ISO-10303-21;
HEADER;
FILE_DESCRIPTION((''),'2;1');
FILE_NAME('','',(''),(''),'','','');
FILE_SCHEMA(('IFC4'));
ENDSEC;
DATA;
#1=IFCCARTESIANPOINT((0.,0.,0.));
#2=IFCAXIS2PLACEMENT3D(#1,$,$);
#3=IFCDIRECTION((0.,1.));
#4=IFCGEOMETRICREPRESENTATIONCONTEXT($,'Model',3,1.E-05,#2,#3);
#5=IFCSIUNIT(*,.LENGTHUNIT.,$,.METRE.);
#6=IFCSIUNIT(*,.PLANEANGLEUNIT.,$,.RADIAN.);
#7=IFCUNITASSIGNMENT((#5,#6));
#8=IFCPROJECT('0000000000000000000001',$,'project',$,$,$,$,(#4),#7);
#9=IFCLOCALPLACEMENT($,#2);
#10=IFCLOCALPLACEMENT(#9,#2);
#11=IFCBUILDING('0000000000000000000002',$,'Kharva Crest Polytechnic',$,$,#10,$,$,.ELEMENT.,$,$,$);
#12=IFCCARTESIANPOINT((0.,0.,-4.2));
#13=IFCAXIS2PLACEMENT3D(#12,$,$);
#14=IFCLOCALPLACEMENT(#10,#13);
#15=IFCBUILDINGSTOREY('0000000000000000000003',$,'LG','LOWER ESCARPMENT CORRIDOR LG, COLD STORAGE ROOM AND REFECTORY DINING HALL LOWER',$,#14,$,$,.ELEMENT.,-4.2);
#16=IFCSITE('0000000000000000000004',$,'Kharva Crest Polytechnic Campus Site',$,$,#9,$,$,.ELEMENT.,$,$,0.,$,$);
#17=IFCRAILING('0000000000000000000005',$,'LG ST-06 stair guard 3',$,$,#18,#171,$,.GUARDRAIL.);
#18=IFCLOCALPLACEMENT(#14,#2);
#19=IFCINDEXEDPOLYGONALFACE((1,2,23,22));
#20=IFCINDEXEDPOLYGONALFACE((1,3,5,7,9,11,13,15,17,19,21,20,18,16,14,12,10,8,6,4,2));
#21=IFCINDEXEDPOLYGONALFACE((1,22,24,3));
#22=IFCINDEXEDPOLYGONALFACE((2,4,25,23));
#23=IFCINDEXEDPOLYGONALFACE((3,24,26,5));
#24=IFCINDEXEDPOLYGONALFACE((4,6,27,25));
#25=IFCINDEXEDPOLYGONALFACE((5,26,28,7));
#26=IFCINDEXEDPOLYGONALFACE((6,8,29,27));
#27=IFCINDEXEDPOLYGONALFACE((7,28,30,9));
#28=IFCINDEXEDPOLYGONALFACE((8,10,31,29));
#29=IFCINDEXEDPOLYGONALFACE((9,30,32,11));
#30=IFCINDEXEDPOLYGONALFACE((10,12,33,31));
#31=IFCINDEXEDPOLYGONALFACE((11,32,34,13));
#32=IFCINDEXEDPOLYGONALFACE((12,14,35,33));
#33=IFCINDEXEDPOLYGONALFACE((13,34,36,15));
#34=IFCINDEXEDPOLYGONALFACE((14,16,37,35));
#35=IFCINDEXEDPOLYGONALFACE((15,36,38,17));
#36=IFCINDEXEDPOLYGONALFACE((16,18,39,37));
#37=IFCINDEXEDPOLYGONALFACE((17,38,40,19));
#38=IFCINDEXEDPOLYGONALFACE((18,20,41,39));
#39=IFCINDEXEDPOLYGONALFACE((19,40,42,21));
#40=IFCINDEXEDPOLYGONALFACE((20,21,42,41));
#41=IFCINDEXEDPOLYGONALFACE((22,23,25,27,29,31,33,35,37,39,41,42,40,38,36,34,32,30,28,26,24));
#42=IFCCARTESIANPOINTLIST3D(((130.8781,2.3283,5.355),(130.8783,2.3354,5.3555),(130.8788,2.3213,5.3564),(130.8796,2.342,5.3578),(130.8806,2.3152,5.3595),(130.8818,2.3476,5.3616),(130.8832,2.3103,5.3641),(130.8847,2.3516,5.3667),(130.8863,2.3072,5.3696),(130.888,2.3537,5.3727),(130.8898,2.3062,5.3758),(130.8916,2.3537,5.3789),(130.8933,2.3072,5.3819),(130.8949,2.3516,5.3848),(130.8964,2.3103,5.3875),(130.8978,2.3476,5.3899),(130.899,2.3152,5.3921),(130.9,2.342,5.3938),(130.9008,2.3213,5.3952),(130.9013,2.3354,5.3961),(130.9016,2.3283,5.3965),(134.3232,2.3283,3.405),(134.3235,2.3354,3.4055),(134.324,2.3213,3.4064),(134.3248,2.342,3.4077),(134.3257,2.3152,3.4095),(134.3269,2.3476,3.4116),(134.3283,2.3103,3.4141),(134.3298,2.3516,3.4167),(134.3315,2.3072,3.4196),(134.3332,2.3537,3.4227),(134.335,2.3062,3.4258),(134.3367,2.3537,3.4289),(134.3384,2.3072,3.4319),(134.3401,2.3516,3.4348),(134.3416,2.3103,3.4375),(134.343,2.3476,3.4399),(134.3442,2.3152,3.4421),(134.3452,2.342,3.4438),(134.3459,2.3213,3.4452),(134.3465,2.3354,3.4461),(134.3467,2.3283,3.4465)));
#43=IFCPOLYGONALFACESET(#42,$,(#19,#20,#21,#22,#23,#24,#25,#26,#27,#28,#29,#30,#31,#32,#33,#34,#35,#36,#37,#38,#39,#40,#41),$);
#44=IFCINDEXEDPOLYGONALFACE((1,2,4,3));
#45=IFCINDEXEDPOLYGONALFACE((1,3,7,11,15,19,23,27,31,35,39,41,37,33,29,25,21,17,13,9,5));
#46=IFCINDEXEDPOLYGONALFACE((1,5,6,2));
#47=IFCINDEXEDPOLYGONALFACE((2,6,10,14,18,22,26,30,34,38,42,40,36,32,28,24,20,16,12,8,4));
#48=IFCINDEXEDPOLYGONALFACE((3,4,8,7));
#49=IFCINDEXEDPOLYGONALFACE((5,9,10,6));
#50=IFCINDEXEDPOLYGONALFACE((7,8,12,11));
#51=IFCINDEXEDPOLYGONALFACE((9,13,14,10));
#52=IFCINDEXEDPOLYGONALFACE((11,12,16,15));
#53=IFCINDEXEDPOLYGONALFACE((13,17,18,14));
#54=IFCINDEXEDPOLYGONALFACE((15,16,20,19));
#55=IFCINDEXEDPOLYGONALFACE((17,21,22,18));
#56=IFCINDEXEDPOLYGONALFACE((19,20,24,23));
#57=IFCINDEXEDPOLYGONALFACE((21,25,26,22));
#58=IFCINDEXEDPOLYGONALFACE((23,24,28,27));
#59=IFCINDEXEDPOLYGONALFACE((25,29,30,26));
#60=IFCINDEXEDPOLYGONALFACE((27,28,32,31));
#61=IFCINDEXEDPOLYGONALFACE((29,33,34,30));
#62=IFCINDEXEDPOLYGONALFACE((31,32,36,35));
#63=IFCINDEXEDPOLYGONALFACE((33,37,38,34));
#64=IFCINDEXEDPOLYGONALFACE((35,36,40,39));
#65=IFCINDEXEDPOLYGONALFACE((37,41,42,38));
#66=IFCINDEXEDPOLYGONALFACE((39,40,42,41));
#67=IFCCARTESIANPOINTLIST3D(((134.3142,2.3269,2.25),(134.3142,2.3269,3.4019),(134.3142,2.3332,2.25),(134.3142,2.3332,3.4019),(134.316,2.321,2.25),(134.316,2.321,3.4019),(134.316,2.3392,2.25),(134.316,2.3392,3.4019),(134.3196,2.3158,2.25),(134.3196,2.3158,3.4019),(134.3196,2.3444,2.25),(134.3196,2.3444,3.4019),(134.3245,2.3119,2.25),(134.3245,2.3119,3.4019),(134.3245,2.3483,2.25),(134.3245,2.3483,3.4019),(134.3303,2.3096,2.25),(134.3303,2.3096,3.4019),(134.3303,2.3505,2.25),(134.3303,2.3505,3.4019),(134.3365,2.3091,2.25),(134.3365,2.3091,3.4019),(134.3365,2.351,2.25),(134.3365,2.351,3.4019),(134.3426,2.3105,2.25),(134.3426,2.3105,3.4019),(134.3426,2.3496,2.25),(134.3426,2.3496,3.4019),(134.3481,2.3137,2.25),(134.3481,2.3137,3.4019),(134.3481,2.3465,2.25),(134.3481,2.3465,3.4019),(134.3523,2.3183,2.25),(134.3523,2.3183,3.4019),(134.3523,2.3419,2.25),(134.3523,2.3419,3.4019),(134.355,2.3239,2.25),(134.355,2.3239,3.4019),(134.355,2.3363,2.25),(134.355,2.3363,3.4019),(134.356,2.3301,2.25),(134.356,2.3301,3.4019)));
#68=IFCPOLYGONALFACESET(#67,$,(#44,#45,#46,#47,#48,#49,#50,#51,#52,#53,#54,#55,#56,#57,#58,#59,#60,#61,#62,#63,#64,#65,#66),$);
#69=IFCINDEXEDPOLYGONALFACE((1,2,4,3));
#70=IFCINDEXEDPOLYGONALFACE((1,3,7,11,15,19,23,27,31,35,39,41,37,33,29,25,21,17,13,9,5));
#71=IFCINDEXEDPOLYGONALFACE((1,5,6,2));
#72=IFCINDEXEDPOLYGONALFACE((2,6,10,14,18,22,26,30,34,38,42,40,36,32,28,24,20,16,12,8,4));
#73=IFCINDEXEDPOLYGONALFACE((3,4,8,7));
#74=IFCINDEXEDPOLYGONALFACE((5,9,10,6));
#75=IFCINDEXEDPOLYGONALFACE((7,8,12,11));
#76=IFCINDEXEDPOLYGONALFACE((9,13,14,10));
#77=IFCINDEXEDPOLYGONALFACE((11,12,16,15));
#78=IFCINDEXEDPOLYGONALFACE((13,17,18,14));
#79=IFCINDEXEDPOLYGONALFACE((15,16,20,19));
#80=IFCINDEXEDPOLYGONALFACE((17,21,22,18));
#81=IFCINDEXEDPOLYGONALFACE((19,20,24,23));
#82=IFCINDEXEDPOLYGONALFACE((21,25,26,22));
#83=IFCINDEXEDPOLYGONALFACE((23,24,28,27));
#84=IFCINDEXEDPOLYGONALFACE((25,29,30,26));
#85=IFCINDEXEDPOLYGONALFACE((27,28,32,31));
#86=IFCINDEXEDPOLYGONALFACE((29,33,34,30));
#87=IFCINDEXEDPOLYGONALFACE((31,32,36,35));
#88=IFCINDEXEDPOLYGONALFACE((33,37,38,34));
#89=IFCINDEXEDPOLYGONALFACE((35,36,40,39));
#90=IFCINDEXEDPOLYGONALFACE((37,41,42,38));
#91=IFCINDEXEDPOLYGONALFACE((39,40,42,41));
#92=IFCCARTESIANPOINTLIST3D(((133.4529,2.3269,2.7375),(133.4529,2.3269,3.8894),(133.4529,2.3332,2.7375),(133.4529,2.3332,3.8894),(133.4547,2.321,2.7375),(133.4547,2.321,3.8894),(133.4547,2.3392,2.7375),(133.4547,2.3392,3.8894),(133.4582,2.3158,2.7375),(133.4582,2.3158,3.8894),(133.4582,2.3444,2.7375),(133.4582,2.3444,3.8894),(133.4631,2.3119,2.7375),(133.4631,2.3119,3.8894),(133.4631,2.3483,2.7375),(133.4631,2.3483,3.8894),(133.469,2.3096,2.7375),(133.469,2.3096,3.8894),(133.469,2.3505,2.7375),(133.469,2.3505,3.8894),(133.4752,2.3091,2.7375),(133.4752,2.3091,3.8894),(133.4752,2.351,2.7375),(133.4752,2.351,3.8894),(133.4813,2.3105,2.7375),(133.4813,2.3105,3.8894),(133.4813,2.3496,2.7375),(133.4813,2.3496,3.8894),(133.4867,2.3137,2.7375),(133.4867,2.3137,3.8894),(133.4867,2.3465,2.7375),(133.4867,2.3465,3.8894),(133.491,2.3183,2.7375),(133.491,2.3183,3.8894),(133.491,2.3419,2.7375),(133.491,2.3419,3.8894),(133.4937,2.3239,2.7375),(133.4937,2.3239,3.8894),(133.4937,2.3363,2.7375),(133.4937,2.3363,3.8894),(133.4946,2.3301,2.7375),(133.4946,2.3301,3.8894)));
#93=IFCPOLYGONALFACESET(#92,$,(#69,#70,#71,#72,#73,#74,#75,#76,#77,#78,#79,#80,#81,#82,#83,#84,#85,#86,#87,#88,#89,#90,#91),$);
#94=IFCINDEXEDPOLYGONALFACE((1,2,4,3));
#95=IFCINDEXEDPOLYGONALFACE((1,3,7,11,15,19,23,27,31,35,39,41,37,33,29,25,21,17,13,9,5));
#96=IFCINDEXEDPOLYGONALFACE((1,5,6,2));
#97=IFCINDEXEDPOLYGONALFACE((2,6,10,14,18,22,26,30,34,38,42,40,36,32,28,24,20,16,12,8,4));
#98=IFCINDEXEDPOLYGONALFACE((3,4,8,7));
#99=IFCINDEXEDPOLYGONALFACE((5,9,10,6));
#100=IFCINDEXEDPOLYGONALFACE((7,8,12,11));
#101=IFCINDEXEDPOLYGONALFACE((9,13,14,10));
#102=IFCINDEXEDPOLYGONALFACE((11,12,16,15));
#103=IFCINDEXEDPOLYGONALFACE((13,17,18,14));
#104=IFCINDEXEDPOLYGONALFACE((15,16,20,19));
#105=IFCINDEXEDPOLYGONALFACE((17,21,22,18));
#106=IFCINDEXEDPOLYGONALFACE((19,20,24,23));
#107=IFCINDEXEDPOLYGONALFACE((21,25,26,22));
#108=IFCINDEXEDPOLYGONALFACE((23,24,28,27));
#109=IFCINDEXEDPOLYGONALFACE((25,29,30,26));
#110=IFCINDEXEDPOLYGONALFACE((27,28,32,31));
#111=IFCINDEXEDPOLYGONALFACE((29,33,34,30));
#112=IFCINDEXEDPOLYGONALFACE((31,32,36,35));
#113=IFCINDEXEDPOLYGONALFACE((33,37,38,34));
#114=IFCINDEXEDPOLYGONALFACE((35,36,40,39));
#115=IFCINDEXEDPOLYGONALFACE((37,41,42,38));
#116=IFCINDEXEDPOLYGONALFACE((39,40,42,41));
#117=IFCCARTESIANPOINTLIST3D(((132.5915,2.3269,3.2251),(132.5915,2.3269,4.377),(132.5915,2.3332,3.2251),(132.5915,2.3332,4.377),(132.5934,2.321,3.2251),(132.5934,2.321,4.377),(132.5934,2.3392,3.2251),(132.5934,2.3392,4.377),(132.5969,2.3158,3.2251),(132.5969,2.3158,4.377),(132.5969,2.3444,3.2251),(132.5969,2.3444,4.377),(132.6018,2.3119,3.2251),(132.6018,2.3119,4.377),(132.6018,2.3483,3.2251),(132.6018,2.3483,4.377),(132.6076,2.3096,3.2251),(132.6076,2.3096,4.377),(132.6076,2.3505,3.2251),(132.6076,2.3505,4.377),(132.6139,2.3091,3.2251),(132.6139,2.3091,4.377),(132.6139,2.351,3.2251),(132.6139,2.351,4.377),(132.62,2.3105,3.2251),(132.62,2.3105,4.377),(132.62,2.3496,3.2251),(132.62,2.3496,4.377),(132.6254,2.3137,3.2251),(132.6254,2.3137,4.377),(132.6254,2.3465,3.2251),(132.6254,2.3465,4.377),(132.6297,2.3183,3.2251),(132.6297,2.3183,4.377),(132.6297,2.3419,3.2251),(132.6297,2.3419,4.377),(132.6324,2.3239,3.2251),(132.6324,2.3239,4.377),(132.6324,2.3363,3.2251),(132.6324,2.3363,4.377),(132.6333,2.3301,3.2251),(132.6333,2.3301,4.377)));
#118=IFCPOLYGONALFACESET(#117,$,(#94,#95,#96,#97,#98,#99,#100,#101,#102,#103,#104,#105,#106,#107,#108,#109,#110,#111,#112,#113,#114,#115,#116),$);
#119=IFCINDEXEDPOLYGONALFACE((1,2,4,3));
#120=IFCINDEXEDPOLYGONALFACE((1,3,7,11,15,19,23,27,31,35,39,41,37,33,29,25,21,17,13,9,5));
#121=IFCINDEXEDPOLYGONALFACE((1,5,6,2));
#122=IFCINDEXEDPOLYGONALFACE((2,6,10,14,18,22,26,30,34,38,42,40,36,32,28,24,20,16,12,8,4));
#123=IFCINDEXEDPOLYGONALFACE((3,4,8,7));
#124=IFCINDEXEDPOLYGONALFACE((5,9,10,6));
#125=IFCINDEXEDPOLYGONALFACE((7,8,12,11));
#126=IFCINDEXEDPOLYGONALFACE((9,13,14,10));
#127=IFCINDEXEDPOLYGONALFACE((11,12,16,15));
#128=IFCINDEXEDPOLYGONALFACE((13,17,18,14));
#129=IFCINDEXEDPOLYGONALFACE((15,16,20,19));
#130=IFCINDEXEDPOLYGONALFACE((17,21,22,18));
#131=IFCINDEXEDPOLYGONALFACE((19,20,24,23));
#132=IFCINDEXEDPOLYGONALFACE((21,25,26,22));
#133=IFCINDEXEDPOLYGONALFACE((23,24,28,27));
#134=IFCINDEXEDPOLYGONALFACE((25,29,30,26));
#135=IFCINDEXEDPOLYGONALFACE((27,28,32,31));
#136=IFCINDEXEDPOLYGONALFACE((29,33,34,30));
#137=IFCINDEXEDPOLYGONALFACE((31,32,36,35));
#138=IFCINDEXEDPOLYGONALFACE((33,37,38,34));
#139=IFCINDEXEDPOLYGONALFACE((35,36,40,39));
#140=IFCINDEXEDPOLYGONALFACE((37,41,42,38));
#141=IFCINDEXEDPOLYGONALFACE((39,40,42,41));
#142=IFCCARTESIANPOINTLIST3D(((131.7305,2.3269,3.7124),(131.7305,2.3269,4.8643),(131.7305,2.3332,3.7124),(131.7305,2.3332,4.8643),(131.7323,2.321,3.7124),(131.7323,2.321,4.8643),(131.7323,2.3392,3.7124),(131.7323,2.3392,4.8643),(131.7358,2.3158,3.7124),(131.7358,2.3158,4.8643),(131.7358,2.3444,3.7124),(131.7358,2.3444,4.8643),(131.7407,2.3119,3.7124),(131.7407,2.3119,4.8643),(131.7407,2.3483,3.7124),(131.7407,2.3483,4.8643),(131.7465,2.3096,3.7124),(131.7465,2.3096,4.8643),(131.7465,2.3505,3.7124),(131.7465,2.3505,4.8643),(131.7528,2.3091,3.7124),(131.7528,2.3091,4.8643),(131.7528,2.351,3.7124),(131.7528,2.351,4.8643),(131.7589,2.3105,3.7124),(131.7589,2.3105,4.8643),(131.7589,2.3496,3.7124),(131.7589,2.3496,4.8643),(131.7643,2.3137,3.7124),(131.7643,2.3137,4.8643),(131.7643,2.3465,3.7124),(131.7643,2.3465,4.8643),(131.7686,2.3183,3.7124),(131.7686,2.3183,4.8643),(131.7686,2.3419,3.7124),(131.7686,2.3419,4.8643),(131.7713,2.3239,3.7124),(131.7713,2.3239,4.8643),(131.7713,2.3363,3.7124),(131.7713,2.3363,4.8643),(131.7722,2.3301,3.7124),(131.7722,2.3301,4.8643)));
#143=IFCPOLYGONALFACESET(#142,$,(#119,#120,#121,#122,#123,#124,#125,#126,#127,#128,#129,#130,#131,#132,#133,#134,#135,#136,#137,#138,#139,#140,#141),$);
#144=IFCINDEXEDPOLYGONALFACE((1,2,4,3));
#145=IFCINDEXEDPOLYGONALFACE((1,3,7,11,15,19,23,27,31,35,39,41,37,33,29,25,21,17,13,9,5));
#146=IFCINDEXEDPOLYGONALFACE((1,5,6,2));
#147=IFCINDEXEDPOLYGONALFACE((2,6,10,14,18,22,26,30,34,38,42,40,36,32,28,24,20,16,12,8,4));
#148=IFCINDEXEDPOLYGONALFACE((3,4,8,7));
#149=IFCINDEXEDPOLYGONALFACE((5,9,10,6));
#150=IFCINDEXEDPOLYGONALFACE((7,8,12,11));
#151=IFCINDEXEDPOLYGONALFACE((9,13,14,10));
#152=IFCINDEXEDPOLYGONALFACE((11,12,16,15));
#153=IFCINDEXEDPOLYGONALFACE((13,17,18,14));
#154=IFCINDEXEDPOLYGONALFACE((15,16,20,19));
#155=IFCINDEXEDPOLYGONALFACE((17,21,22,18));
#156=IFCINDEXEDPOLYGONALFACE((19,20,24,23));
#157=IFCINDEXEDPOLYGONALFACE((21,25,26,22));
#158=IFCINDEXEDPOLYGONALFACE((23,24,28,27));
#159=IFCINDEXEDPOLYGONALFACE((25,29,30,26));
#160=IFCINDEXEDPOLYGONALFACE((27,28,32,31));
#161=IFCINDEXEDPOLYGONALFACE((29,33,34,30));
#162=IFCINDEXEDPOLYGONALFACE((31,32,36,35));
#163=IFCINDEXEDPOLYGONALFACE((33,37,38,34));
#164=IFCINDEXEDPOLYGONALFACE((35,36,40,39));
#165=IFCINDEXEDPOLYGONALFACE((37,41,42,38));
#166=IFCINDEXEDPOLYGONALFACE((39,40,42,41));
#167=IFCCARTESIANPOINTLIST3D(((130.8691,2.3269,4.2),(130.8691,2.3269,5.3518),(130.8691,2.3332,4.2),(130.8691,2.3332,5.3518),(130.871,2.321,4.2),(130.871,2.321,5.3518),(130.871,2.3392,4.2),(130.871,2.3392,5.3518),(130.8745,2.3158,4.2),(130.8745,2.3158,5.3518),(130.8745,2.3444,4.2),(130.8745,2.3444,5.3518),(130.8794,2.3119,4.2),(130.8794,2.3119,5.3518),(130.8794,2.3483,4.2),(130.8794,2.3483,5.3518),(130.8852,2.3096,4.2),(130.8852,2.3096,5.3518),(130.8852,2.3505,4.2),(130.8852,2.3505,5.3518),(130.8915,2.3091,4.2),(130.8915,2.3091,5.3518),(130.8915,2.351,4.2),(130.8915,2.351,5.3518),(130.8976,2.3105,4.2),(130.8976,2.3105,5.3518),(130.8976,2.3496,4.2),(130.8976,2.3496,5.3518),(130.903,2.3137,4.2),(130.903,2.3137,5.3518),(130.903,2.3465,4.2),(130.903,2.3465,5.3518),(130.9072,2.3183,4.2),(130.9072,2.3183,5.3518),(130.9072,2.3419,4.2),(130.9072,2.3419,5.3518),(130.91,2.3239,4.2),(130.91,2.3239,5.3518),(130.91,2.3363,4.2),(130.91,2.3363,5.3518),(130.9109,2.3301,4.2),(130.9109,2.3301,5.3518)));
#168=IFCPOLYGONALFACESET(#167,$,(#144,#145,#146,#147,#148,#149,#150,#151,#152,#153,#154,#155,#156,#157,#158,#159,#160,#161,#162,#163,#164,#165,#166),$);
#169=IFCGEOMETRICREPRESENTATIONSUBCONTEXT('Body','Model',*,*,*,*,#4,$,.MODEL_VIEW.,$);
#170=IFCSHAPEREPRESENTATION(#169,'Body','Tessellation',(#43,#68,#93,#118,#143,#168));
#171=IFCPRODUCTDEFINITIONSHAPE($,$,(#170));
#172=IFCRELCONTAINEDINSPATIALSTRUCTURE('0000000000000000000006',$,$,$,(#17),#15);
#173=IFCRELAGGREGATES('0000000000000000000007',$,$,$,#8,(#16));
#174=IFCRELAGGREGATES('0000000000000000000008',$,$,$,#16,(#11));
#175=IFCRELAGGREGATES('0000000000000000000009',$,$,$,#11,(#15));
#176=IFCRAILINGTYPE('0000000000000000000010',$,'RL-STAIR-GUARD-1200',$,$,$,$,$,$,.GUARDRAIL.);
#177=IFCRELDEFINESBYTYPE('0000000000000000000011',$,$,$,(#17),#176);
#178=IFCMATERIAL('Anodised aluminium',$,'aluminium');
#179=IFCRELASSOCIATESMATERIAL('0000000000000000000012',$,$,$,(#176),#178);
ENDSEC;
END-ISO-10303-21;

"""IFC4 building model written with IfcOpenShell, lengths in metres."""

from ifc_helpers import new_model, si_unit, direction, frame, origin, origin_2d, place, context, subcontext, project, spatial, circle, extrude, material, type_object, element, save


model = new_model("IFC4")

# Units and contexts
model_context = context("Model", 3, precision=1e-05, world=origin(), true_north=direction((0.0, 1.0)))
body_context = subcontext(model_context, "Body", "Model", "MODEL_VIEW")
ifc_project = project(units=[si_unit("LENGTHUNIT", "METRE"), si_unit("PLANEANGLEUNIT", "RADIAN")], contexts=[model_context])

# Site, building, storey
site_placement = place(None, origin())
site = spatial("IfcSite", under=ifc_project, at=site_placement, Name="Kharva Crest Polytechnic Campus Site", CompositionType="ELEMENT", RefElevation=0.0)
building_placement = place(site_placement, origin())
building = spatial("IfcBuilding", under=site, at=building_placement, Name="Kharva Crest Polytechnic", CompositionType="ELEMENT")
storey_placement = place(building_placement, frame((0.0, 0.0, -4.2)))
storey = spatial("IfcBuildingStorey", under=building, at=storey_placement, Name="LG", Description="LOWER ESCARPMENT CORRIDOR LG, COLD STORAGE ROOM AND REFECTORY DINING HALL LOWER", CompositionType="ELEMENT", Elevation=-4.2)

# Shared definitions
ifc_material_1 = material(Name="Anodised aluminium", Category="aluminium")

# Railing
railing_type_1 = type_object("IfcRailingType", Name="RL-STAIR-GUARD-1200", PredefinedType="GUARDRAIL", material=ifc_material_1)
railing_1_placement = place(storey_placement, frame((134.335, 2.3301, 2.25)))
element("IfcRailing", 1, at=railing_1_placement, inside=storey, type_object=railing_type_1, Name="LG ST-06 stair guard 3", PredefinedType="GUARDRAIL", context=body_context, shape_type="SweptSolid", body=[
    extrude(circle(Radius=0.0239, at=origin_2d()), frame((0.0, 0.0, 1.1758), z_axis=(-0.870266, 0.0, 0.492581), x_axis=(0.0, -1.0, 0.0)), (0.0, 0.0, 1.0), 3.9587),
    extrude(circle(Radius=0.021, at=origin_2d()), origin(), (0.0, 0.0, 1.0), 1.1519),
    extrude(circle(Radius=0.021, at=origin_2d()), frame((-0.8613, 0.0, 0.4875)), (0.0, 0.0, 1.0), 1.1519),
    extrude(circle(Radius=0.021, at=origin_2d()), frame((-1.7227, 0.0, 0.9751)), (0.0, 0.0, 1.0), 1.1519),
    extrude(circle(Radius=0.021, at=origin_2d()), frame((-2.5837, 0.0, 1.4624)), (0.0, 0.0, 1.0), 1.1519),
    extrude(circle(Radius=0.021, at=origin_2d()), frame((-3.4451, 0.0, 1.95)), (0.0, 0.0, 1.0), 1.1519),
])

save(model, "model.ifc")
